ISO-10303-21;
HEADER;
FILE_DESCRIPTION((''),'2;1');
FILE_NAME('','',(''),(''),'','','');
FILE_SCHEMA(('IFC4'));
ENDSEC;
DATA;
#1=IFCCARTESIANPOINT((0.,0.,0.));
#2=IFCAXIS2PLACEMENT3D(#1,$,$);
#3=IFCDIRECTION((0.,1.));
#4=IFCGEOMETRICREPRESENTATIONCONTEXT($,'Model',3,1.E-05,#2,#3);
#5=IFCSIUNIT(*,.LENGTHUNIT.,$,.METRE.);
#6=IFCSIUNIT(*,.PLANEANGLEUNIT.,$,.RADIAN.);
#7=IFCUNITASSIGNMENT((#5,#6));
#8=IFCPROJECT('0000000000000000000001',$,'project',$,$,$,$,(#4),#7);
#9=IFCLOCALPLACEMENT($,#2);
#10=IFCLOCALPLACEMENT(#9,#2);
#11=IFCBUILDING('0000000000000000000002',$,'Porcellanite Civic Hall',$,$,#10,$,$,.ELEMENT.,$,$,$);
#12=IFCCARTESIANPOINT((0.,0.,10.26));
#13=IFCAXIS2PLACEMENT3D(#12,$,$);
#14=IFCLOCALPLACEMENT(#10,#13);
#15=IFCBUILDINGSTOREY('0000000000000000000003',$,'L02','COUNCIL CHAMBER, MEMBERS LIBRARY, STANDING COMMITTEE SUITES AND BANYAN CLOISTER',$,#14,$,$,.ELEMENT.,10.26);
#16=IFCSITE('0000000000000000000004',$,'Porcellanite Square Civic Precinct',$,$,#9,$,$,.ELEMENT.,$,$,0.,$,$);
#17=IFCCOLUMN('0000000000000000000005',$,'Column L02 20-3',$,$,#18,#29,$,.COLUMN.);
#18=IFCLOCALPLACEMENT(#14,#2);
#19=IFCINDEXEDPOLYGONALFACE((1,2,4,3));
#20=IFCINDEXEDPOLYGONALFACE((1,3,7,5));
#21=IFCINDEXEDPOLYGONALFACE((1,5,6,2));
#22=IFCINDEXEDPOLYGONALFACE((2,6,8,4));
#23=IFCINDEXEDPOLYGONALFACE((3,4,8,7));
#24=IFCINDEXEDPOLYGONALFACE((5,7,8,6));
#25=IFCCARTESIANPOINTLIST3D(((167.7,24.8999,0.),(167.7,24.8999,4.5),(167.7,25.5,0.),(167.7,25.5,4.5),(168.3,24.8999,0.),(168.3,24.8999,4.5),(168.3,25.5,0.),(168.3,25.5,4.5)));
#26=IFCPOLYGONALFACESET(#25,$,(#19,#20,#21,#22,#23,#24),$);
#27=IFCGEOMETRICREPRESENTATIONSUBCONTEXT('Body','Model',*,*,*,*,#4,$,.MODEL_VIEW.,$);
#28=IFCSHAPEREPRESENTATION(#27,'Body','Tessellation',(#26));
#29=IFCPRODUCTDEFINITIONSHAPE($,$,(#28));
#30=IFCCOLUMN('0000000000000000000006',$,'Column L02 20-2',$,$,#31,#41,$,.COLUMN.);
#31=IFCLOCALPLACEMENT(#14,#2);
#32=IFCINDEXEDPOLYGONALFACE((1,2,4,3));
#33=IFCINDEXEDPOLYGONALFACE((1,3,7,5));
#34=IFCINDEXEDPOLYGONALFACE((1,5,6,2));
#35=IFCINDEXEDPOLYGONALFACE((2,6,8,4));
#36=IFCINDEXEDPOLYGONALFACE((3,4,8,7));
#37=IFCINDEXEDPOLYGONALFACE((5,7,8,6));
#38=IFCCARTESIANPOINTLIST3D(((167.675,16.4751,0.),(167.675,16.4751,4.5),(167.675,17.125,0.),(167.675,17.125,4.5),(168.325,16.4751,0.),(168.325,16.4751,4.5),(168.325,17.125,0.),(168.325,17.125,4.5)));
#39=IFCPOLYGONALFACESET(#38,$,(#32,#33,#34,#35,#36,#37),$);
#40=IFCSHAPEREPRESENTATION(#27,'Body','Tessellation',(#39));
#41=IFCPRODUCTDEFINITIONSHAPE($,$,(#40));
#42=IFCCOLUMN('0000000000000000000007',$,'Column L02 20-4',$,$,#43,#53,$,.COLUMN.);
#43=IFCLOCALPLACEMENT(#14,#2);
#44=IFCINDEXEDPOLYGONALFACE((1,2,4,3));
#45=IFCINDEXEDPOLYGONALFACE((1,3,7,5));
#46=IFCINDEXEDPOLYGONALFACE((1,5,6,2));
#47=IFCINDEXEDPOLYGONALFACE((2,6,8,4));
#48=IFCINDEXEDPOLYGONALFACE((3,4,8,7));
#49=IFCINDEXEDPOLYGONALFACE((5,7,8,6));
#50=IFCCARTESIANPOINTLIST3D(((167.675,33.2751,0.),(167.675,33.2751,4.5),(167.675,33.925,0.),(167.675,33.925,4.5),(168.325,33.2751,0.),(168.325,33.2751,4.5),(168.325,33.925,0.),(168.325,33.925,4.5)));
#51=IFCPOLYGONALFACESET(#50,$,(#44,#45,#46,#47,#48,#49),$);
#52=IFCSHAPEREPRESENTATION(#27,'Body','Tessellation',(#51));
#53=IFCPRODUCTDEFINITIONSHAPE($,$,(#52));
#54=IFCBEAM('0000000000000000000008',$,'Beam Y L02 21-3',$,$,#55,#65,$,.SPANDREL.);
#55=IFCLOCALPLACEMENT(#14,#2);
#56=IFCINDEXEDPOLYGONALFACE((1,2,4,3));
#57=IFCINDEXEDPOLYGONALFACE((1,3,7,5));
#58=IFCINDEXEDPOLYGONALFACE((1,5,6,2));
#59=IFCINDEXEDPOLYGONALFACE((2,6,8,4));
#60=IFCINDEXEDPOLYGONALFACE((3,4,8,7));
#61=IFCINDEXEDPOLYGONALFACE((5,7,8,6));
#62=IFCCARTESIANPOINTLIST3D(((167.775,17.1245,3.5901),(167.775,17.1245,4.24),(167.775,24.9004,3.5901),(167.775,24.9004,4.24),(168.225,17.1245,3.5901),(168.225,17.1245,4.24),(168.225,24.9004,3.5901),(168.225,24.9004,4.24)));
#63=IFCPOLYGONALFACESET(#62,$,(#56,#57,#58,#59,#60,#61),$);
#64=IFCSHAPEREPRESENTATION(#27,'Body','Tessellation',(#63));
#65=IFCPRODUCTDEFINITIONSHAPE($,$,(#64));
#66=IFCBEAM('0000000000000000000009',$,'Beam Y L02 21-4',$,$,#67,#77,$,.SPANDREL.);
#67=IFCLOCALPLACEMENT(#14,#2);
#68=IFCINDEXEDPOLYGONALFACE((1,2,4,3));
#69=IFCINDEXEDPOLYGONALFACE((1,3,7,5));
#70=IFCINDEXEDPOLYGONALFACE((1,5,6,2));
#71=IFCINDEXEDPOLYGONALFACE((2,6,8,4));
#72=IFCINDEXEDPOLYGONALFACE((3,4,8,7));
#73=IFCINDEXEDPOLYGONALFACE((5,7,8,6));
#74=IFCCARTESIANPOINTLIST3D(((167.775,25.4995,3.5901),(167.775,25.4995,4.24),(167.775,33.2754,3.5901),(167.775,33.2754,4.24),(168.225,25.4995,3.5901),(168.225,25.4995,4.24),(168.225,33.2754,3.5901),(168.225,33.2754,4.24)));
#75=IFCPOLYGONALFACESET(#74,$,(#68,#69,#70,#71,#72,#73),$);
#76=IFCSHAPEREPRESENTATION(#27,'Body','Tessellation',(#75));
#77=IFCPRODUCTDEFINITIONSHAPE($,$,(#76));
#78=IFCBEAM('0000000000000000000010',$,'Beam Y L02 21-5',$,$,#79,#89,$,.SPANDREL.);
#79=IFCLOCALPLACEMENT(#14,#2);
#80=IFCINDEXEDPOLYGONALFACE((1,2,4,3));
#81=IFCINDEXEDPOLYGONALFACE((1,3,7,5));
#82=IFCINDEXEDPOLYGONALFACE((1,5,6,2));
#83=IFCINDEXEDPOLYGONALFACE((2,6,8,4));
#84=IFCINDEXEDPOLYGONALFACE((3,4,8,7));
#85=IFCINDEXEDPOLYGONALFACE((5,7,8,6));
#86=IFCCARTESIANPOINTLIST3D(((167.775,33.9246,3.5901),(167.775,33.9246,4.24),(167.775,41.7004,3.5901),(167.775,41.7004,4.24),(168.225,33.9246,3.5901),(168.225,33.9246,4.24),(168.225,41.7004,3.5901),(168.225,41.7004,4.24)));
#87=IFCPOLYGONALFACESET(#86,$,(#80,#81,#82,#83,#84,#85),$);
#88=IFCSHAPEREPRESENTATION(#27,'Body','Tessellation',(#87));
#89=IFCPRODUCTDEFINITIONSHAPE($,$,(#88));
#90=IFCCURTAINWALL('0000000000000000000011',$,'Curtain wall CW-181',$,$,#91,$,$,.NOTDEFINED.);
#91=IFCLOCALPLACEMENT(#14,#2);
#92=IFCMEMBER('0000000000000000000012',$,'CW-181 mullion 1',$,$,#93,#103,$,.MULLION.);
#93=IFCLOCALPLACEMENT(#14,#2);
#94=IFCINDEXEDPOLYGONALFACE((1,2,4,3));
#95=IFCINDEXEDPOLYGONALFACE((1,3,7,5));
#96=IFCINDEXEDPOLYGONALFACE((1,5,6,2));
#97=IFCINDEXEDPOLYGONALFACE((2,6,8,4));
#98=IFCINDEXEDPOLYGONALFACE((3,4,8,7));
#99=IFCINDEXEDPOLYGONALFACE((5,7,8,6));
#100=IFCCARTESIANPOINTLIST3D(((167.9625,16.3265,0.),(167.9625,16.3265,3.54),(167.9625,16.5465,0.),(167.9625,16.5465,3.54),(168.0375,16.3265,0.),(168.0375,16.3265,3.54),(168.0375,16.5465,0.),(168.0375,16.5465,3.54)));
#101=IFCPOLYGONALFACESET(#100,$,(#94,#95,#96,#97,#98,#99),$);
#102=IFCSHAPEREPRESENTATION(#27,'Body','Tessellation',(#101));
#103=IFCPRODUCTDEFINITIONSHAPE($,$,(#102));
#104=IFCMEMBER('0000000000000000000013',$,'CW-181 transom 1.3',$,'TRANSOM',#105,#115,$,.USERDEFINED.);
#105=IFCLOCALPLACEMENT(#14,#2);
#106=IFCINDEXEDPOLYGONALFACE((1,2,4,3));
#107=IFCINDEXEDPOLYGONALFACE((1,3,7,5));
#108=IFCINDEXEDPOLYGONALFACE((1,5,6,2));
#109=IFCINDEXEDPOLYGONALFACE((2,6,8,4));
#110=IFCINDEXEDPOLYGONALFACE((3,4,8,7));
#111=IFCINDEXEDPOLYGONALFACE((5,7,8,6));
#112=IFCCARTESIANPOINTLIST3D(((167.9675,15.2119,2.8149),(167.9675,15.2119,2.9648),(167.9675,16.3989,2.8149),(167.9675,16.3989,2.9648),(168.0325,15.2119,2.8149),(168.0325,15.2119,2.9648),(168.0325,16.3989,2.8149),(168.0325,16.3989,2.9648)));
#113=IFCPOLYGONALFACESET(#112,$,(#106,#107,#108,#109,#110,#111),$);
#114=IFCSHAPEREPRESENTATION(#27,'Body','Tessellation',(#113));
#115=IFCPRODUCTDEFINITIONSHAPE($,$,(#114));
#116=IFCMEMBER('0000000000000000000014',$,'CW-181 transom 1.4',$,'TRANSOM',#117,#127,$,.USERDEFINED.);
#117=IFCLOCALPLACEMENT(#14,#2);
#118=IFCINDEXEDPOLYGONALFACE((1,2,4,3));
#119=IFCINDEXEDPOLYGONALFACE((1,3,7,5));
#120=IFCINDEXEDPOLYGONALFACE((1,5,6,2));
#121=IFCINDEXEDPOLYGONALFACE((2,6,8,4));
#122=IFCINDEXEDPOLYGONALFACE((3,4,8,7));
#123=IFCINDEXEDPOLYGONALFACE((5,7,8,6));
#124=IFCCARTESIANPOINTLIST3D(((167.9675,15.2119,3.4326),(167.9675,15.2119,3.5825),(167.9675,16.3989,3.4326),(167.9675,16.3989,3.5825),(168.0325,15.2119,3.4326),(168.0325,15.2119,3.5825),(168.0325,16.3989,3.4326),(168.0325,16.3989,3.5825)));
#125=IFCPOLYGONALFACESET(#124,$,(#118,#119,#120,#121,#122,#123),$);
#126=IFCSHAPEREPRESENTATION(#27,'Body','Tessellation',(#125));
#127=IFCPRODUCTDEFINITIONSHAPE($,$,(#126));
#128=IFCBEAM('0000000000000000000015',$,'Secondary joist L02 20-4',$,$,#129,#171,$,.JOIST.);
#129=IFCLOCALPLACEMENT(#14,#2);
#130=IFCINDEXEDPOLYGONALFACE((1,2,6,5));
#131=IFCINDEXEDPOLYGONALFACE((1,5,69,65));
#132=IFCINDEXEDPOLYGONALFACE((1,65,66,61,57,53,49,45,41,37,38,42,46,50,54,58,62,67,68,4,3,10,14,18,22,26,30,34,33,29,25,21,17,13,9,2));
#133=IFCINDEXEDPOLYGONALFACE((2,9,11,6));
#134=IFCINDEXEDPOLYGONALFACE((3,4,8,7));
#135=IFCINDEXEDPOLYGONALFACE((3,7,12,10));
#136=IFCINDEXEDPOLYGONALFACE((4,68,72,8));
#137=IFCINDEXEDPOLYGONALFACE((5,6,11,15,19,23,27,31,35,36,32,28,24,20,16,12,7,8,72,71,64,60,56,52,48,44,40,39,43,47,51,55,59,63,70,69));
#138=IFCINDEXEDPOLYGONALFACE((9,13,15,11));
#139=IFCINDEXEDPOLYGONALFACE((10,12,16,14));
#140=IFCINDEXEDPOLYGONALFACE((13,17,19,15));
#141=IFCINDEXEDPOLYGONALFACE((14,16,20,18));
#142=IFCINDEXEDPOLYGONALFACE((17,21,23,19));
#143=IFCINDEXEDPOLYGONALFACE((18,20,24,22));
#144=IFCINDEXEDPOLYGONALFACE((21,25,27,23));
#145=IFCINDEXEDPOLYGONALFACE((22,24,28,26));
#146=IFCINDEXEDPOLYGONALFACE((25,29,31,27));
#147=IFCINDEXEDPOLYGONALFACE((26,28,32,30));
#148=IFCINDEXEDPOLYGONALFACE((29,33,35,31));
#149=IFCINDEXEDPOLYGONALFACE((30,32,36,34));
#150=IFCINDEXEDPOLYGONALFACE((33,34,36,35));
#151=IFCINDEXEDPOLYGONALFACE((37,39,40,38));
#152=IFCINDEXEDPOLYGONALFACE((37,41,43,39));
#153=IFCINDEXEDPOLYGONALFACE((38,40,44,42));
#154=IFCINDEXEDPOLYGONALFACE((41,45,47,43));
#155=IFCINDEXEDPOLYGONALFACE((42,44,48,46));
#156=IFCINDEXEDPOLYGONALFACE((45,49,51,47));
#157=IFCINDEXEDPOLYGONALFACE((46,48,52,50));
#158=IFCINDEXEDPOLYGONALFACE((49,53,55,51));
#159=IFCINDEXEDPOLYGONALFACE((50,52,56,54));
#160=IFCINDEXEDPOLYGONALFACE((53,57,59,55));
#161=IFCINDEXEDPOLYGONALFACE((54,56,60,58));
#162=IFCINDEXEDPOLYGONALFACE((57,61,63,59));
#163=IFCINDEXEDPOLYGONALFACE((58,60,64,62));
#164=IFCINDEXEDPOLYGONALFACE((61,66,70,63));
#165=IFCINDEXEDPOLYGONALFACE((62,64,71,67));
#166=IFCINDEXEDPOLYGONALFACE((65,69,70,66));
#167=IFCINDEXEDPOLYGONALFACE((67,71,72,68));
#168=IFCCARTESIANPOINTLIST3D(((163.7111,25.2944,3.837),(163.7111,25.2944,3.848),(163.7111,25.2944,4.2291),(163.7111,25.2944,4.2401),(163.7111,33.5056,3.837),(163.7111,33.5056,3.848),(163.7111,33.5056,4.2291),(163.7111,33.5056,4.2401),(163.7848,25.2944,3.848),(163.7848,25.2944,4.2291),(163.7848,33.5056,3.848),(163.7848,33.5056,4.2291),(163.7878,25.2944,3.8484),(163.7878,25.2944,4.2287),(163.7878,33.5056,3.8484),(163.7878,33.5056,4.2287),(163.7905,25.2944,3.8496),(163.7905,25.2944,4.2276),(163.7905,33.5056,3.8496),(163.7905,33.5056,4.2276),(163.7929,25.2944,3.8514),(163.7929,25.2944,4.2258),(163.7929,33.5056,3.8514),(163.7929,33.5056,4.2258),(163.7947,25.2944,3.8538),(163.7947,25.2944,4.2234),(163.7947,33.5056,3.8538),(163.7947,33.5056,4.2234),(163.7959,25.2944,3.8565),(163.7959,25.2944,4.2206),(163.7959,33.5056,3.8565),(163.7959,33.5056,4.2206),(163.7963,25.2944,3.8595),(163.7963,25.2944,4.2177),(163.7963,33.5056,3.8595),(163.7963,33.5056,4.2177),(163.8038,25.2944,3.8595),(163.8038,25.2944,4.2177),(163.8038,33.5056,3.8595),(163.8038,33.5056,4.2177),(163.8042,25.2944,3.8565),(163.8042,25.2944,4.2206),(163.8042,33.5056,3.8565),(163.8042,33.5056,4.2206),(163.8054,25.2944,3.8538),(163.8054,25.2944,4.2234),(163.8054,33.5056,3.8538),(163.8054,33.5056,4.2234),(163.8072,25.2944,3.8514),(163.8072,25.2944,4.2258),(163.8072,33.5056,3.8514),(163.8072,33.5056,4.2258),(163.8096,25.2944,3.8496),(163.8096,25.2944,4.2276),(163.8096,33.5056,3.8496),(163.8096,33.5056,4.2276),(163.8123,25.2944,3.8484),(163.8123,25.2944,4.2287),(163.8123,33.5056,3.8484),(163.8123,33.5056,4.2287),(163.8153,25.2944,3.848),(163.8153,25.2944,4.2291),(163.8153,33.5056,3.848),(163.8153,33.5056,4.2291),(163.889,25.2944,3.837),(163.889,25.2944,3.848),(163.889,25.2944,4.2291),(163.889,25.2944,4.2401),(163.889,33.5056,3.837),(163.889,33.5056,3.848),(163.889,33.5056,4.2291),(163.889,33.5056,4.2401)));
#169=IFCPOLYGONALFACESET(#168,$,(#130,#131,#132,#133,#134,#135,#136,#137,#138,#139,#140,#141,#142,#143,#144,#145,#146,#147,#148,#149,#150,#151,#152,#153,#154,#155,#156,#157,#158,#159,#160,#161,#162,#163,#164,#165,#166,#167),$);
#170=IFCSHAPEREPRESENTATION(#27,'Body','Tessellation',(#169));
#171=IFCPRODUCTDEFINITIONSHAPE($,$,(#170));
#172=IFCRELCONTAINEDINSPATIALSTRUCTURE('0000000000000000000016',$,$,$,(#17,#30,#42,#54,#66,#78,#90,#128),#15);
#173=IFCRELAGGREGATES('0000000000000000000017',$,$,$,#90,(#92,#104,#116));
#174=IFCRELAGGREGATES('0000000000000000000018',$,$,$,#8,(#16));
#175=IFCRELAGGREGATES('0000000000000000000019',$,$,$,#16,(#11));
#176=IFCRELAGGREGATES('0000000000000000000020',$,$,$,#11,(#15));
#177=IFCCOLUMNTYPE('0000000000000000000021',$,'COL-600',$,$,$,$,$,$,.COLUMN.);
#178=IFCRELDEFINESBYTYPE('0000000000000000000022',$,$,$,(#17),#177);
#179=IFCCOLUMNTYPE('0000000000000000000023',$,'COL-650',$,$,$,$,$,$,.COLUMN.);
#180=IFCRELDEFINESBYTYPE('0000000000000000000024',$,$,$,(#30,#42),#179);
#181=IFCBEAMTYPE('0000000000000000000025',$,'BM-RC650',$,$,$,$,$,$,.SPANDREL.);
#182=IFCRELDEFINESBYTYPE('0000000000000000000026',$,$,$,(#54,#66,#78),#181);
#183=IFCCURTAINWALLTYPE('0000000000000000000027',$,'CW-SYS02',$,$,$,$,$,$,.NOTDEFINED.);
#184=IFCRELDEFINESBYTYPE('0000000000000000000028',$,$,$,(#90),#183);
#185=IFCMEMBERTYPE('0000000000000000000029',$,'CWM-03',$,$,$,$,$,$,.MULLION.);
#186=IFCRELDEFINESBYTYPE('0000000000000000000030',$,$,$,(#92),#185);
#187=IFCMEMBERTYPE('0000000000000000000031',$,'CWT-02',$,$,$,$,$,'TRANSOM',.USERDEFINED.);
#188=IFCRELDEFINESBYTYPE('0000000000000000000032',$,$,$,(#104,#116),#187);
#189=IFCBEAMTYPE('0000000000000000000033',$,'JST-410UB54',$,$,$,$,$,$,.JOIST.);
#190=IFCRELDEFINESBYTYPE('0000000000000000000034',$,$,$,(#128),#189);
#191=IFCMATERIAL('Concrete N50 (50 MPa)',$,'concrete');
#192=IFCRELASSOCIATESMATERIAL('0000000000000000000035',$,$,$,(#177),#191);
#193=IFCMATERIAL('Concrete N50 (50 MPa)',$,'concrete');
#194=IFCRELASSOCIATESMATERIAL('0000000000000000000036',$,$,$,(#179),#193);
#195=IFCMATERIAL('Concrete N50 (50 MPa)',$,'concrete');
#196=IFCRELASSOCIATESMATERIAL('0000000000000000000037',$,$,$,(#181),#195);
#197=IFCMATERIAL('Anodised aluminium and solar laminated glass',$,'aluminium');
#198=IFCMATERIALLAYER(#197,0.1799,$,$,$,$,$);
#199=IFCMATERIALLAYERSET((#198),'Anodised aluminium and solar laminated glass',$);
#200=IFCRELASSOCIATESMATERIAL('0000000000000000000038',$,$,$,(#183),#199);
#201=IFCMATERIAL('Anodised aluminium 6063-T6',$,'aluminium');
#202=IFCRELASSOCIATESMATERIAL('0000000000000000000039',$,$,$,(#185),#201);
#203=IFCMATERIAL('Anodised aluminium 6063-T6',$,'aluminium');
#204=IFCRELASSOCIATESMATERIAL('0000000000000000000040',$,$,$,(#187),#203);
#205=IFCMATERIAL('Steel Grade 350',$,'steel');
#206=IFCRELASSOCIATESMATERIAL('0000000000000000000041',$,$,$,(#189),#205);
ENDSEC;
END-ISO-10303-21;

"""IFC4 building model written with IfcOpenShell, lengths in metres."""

from ifc_helpers import new_model, si_unit, direction, frame, origin, origin_2d, place, context, subcontext, project, spatial, rectangle, i_section, extrude, material, layer, layer_set, material_profile, profile_set, type_object, element, aggregate, save


model = new_model("IFC4")

# Units and contexts
model_context = context("Model", 3, precision=1e-05, world=origin(), true_north=direction((0.0, 1.0)))
body_context = subcontext(model_context, "Body", "Model", "MODEL_VIEW")
ifc_project = project(units=[si_unit("LENGTHUNIT", "METRE"), si_unit("PLANEANGLEUNIT", "RADIAN")], contexts=[model_context])

# Site, building, storey
site_placement = place(None, origin())
site = spatial("IfcSite", under=ifc_project, at=site_placement, Name="Porcellanite Square Civic Precinct", CompositionType="ELEMENT", RefElevation=0.0)
building_placement = place(site_placement, origin())
building = spatial("IfcBuilding", under=site, at=building_placement, Name="Porcellanite Civic Hall", CompositionType="ELEMENT")
storey_placement = place(building_placement, frame((0.0, 0.0, 10.26)))
storey = spatial("IfcBuildingStorey", under=building, at=storey_placement, Name="L02", Description="COUNCIL CHAMBER, MEMBERS LIBRARY, STANDING COMMITTEE SUITES AND BANYAN CLOISTER", CompositionType="ELEMENT", Elevation=10.26)

# Columns
ifc_material_1 = material(Name="Concrete N50 (50 MPa)", Category="concrete")
ifc_material_profile_1 = material_profile(ifc_material_1, rectangle(XDim=0.6001, YDim=0.6001, at=origin_2d()), Name="RC-600x600")
ifc_profile_set_1 = profile_set([ifc_material_profile_1], Name="Concrete N50 (50 MPa)")
column_type_1 = type_object("IfcColumnType", Name="COL-600", PredefinedType="COLUMN", material=ifc_profile_set_1)
column_placement = place(storey_placement, frame((168.0, 25.2, 0.0), z_axis=(0.0, 0.0, 1.0), x_axis=(1.0, 0.0, 0.0)))
element("IfcColumn", 1, at=column_placement, inside=storey, type_object=column_type_1, Name="Column L02 20-3", PredefinedType="COLUMN", context=body_context, shape_type="SweptSolid", body=[
    extrude(rectangle(XDim=0.6001, YDim=0.6001, at=origin_2d()), origin(), (0.0, 0.0, 1.0), 4.5),
])
ifc_material_2 = material(Name="Concrete N50 (50 MPa)", Category="concrete")
ifc_material_profile_2 = material_profile(ifc_material_2, rectangle(XDim=0.6499, YDim=0.6499, at=origin_2d()), Name="RC-650x650")
ifc_profile_set_2 = profile_set([ifc_material_profile_2], Name="Concrete N50 (50 MPa)")
column_type_2 = type_object("IfcColumnType", Name="COL-650", PredefinedType="COLUMN", material=ifc_profile_set_2)
for number, where, z_axis, x_axis, name in (
    (2, (168.0, 16.8, 0.0), (0.0, 0.0, 1.0), (1.0, 0.0, 0.0), "Column L02 20-2"),
    (3, (168.0, 33.6001, 0.0), (0.0, 0.0, 1.0), (1.0, 0.0, 0.0), "Column L02 20-4"),
):
    element("IfcColumn", number, at=place(storey_placement, frame(where, z_axis=z_axis, x_axis=x_axis)), inside=storey, type_object=column_type_2, Name=name, PredefinedType="COLUMN", context=body_context, shape_type="SweptSolid", body=[
        extrude(rectangle(XDim=0.6499, YDim=0.6499, at=origin_2d()), origin(), (0.0, 0.0, 1.0), 4.5),
    ])

# Beams
ifc_material_3 = material(Name="Concrete N50 (50 MPa)", Category="concrete")
ifc_material_profile_3 = material_profile(ifc_material_3, rectangle(XDim=0.45, YDim=0.6499, at=origin_2d()), Name="RC-450x650")
ifc_profile_set_3 = profile_set([ifc_material_profile_3], Name="Concrete N50 (50 MPa)")
beam_type_1 = type_object("IfcBeamType", Name="BM-RC650", PredefinedType="SPANDREL", material=ifc_profile_set_3)
for number, where, z_axis, x_axis, name in (
    (4, (168.0, 17.1245, 3.915), (0.0, 1.0, 0.0), (-1.0, 0.0, 0.0), "Beam Y L02 21-3"),
    (5, (168.0, 25.4995, 3.915), (0.0, 1.0, 0.0), (-1.0, 0.0, 0.0), "Beam Y L02 21-4"),
    (6, (168.0, 33.9246, 3.915), (0.0, 1.0, 0.0), (-1.0, 0.0, 0.0), "Beam Y L02 21-5"),
):
    element("IfcBeam", number, at=place(storey_placement, frame(where, z_axis=z_axis, x_axis=x_axis)), inside=storey, type_object=beam_type_1, Name=name, PredefinedType="SPANDREL", context=body_context, shape_type="SweptSolid", body=[
        extrude(rectangle(XDim=0.45, YDim=0.6499, at=origin_2d()), origin(), (0.0, 0.0, 1.0), 7.7759),
    ])

# Curtain wall, members
ifc_material_4 = material(Name="Anodised aluminium and solar laminated glass", Category="aluminium")
ifc_layer_1 = layer(ifc_material_4, 0.1799)
ifc_layer_set_1 = layer_set([ifc_layer_1], Name="Anodised aluminium and solar laminated glass")
curtain_wall_type = type_object("IfcCurtainWallType", Name="CW-SYS02", PredefinedType="NOTDEFINED", material=ifc_layer_set_1)
curtain_wall_placement = place(storey_placement, origin())
curtain_wall = element("IfcCurtainWall", 7, at=curtain_wall_placement, inside=storey, type_object=curtain_wall_type, Name="Curtain wall CW-181", PredefinedType="NOTDEFINED")
ifc_material_5 = material(Name="Anodised aluminium 6063-T6", Category="aluminium")
ifc_material_profile_4 = material_profile(ifc_material_5, rectangle(XDim=0.075, YDim=0.22, at=origin_2d()), Name="AL-75x220")
ifc_profile_set_4 = profile_set([ifc_material_profile_4], Name="Anodised aluminium 6063-T6")
member_type_1 = type_object("IfcMemberType", Name="CWM-03", PredefinedType="MULLION", material=ifc_profile_set_4)
member_1_placement = place(storey_placement, frame((168.0, 16.4365, 0.0), z_axis=(0.0, 0.0, 1.0), x_axis=(1.0, 0.0, 0.0)))
member_1 = element("IfcMember", 8, at=member_1_placement, type_object=member_type_1, Name="CW-181 mullion 1", PredefinedType="MULLION", context=body_context, shape_type="SweptSolid", body=[
    extrude(rectangle(XDim=0.075, YDim=0.22, at=origin_2d()), origin(), (0.0, 0.0, 1.0), 3.54),
])
ifc_material_6 = material(Name="Anodised aluminium 6063-T6", Category="aluminium")
ifc_material_profile_5 = material_profile(ifc_material_6, rectangle(XDim=0.0649, YDim=0.1499, at=origin_2d()), Name="AL-65x150")
ifc_profile_set_5 = profile_set([ifc_material_profile_5], Name="Anodised aluminium 6063-T6")
member_type_2 = type_object("IfcMemberType", Name="CWT-02", ElementType="TRANSOM", PredefinedType="USERDEFINED", material=ifc_profile_set_5)
member_2_placement = place(storey_placement, frame((168.0, 16.3989, 2.8899), z_axis=(0.0, -1.0, 0.0), x_axis=(1.0, 0.0, 0.0)))
member_2 = element("IfcMember", 9, at=member_2_placement, type_object=member_type_2, Name="CW-181 transom 1.3", ObjectType="TRANSOM", PredefinedType="USERDEFINED", context=body_context, shape_type="SweptSolid", body=[
    extrude(rectangle(XDim=0.0649, YDim=0.1499, at=origin_2d()), origin(), (0.0, 0.0, 1.0), 1.187),
])
member_3_placement = place(storey_placement, frame((168.0, 16.3989, 3.5076), z_axis=(0.0, -1.0, 0.0), x_axis=(1.0, 0.0, 0.0)))
member_3 = element("IfcMember", 10, at=member_3_placement, type_object=member_type_2, Name="CW-181 transom 1.4", ObjectType="TRANSOM", PredefinedType="USERDEFINED", context=body_context, shape_type="SweptSolid", body=[
    extrude(rectangle(XDim=0.0649, YDim=0.1499, at=origin_2d()), origin(), (0.0, 0.0, 1.0), 1.187),
])
aggregate(curtain_wall, [member_1, member_2, member_3])

# Beam
ifc_material_7 = material(Name="Steel Grade 350", Category="steel")
ifc_material_profile_6 = material_profile(ifc_material_7, i_section(OverallWidth=0.178, OverallDepth=0.4031, WebThickness=0.0076, FlangeThickness=0.011, FilletRadius=0.0115, at=origin_2d()), Name="410UB53.7")
ifc_profile_set_6 = profile_set([ifc_material_profile_6], Name="Steel Grade 350")
beam_type_2 = type_object("IfcBeamType", Name="JST-410UB54", PredefinedType="JOIST", material=ifc_profile_set_6)
beam_1_placement = place(storey_placement, frame((163.8, 25.2944, 4.0386), z_axis=(0.0, 1.0, 0.0), x_axis=(-1.0, 0.0, 0.0)))
element("IfcBeam", 11, at=beam_1_placement, inside=storey, type_object=beam_type_2, Name="Secondary joist L02 20-4", PredefinedType="JOIST", context=body_context, shape_type="SweptSolid", body=[
    extrude(i_section(OverallWidth=0.178, OverallDepth=0.4031, WebThickness=0.0076, FlangeThickness=0.011, FilletRadius=0.0115, at=origin_2d()), origin(), (0.0, 0.0, 1.0), 8.2112),
])

save(model, "model.ifc")
